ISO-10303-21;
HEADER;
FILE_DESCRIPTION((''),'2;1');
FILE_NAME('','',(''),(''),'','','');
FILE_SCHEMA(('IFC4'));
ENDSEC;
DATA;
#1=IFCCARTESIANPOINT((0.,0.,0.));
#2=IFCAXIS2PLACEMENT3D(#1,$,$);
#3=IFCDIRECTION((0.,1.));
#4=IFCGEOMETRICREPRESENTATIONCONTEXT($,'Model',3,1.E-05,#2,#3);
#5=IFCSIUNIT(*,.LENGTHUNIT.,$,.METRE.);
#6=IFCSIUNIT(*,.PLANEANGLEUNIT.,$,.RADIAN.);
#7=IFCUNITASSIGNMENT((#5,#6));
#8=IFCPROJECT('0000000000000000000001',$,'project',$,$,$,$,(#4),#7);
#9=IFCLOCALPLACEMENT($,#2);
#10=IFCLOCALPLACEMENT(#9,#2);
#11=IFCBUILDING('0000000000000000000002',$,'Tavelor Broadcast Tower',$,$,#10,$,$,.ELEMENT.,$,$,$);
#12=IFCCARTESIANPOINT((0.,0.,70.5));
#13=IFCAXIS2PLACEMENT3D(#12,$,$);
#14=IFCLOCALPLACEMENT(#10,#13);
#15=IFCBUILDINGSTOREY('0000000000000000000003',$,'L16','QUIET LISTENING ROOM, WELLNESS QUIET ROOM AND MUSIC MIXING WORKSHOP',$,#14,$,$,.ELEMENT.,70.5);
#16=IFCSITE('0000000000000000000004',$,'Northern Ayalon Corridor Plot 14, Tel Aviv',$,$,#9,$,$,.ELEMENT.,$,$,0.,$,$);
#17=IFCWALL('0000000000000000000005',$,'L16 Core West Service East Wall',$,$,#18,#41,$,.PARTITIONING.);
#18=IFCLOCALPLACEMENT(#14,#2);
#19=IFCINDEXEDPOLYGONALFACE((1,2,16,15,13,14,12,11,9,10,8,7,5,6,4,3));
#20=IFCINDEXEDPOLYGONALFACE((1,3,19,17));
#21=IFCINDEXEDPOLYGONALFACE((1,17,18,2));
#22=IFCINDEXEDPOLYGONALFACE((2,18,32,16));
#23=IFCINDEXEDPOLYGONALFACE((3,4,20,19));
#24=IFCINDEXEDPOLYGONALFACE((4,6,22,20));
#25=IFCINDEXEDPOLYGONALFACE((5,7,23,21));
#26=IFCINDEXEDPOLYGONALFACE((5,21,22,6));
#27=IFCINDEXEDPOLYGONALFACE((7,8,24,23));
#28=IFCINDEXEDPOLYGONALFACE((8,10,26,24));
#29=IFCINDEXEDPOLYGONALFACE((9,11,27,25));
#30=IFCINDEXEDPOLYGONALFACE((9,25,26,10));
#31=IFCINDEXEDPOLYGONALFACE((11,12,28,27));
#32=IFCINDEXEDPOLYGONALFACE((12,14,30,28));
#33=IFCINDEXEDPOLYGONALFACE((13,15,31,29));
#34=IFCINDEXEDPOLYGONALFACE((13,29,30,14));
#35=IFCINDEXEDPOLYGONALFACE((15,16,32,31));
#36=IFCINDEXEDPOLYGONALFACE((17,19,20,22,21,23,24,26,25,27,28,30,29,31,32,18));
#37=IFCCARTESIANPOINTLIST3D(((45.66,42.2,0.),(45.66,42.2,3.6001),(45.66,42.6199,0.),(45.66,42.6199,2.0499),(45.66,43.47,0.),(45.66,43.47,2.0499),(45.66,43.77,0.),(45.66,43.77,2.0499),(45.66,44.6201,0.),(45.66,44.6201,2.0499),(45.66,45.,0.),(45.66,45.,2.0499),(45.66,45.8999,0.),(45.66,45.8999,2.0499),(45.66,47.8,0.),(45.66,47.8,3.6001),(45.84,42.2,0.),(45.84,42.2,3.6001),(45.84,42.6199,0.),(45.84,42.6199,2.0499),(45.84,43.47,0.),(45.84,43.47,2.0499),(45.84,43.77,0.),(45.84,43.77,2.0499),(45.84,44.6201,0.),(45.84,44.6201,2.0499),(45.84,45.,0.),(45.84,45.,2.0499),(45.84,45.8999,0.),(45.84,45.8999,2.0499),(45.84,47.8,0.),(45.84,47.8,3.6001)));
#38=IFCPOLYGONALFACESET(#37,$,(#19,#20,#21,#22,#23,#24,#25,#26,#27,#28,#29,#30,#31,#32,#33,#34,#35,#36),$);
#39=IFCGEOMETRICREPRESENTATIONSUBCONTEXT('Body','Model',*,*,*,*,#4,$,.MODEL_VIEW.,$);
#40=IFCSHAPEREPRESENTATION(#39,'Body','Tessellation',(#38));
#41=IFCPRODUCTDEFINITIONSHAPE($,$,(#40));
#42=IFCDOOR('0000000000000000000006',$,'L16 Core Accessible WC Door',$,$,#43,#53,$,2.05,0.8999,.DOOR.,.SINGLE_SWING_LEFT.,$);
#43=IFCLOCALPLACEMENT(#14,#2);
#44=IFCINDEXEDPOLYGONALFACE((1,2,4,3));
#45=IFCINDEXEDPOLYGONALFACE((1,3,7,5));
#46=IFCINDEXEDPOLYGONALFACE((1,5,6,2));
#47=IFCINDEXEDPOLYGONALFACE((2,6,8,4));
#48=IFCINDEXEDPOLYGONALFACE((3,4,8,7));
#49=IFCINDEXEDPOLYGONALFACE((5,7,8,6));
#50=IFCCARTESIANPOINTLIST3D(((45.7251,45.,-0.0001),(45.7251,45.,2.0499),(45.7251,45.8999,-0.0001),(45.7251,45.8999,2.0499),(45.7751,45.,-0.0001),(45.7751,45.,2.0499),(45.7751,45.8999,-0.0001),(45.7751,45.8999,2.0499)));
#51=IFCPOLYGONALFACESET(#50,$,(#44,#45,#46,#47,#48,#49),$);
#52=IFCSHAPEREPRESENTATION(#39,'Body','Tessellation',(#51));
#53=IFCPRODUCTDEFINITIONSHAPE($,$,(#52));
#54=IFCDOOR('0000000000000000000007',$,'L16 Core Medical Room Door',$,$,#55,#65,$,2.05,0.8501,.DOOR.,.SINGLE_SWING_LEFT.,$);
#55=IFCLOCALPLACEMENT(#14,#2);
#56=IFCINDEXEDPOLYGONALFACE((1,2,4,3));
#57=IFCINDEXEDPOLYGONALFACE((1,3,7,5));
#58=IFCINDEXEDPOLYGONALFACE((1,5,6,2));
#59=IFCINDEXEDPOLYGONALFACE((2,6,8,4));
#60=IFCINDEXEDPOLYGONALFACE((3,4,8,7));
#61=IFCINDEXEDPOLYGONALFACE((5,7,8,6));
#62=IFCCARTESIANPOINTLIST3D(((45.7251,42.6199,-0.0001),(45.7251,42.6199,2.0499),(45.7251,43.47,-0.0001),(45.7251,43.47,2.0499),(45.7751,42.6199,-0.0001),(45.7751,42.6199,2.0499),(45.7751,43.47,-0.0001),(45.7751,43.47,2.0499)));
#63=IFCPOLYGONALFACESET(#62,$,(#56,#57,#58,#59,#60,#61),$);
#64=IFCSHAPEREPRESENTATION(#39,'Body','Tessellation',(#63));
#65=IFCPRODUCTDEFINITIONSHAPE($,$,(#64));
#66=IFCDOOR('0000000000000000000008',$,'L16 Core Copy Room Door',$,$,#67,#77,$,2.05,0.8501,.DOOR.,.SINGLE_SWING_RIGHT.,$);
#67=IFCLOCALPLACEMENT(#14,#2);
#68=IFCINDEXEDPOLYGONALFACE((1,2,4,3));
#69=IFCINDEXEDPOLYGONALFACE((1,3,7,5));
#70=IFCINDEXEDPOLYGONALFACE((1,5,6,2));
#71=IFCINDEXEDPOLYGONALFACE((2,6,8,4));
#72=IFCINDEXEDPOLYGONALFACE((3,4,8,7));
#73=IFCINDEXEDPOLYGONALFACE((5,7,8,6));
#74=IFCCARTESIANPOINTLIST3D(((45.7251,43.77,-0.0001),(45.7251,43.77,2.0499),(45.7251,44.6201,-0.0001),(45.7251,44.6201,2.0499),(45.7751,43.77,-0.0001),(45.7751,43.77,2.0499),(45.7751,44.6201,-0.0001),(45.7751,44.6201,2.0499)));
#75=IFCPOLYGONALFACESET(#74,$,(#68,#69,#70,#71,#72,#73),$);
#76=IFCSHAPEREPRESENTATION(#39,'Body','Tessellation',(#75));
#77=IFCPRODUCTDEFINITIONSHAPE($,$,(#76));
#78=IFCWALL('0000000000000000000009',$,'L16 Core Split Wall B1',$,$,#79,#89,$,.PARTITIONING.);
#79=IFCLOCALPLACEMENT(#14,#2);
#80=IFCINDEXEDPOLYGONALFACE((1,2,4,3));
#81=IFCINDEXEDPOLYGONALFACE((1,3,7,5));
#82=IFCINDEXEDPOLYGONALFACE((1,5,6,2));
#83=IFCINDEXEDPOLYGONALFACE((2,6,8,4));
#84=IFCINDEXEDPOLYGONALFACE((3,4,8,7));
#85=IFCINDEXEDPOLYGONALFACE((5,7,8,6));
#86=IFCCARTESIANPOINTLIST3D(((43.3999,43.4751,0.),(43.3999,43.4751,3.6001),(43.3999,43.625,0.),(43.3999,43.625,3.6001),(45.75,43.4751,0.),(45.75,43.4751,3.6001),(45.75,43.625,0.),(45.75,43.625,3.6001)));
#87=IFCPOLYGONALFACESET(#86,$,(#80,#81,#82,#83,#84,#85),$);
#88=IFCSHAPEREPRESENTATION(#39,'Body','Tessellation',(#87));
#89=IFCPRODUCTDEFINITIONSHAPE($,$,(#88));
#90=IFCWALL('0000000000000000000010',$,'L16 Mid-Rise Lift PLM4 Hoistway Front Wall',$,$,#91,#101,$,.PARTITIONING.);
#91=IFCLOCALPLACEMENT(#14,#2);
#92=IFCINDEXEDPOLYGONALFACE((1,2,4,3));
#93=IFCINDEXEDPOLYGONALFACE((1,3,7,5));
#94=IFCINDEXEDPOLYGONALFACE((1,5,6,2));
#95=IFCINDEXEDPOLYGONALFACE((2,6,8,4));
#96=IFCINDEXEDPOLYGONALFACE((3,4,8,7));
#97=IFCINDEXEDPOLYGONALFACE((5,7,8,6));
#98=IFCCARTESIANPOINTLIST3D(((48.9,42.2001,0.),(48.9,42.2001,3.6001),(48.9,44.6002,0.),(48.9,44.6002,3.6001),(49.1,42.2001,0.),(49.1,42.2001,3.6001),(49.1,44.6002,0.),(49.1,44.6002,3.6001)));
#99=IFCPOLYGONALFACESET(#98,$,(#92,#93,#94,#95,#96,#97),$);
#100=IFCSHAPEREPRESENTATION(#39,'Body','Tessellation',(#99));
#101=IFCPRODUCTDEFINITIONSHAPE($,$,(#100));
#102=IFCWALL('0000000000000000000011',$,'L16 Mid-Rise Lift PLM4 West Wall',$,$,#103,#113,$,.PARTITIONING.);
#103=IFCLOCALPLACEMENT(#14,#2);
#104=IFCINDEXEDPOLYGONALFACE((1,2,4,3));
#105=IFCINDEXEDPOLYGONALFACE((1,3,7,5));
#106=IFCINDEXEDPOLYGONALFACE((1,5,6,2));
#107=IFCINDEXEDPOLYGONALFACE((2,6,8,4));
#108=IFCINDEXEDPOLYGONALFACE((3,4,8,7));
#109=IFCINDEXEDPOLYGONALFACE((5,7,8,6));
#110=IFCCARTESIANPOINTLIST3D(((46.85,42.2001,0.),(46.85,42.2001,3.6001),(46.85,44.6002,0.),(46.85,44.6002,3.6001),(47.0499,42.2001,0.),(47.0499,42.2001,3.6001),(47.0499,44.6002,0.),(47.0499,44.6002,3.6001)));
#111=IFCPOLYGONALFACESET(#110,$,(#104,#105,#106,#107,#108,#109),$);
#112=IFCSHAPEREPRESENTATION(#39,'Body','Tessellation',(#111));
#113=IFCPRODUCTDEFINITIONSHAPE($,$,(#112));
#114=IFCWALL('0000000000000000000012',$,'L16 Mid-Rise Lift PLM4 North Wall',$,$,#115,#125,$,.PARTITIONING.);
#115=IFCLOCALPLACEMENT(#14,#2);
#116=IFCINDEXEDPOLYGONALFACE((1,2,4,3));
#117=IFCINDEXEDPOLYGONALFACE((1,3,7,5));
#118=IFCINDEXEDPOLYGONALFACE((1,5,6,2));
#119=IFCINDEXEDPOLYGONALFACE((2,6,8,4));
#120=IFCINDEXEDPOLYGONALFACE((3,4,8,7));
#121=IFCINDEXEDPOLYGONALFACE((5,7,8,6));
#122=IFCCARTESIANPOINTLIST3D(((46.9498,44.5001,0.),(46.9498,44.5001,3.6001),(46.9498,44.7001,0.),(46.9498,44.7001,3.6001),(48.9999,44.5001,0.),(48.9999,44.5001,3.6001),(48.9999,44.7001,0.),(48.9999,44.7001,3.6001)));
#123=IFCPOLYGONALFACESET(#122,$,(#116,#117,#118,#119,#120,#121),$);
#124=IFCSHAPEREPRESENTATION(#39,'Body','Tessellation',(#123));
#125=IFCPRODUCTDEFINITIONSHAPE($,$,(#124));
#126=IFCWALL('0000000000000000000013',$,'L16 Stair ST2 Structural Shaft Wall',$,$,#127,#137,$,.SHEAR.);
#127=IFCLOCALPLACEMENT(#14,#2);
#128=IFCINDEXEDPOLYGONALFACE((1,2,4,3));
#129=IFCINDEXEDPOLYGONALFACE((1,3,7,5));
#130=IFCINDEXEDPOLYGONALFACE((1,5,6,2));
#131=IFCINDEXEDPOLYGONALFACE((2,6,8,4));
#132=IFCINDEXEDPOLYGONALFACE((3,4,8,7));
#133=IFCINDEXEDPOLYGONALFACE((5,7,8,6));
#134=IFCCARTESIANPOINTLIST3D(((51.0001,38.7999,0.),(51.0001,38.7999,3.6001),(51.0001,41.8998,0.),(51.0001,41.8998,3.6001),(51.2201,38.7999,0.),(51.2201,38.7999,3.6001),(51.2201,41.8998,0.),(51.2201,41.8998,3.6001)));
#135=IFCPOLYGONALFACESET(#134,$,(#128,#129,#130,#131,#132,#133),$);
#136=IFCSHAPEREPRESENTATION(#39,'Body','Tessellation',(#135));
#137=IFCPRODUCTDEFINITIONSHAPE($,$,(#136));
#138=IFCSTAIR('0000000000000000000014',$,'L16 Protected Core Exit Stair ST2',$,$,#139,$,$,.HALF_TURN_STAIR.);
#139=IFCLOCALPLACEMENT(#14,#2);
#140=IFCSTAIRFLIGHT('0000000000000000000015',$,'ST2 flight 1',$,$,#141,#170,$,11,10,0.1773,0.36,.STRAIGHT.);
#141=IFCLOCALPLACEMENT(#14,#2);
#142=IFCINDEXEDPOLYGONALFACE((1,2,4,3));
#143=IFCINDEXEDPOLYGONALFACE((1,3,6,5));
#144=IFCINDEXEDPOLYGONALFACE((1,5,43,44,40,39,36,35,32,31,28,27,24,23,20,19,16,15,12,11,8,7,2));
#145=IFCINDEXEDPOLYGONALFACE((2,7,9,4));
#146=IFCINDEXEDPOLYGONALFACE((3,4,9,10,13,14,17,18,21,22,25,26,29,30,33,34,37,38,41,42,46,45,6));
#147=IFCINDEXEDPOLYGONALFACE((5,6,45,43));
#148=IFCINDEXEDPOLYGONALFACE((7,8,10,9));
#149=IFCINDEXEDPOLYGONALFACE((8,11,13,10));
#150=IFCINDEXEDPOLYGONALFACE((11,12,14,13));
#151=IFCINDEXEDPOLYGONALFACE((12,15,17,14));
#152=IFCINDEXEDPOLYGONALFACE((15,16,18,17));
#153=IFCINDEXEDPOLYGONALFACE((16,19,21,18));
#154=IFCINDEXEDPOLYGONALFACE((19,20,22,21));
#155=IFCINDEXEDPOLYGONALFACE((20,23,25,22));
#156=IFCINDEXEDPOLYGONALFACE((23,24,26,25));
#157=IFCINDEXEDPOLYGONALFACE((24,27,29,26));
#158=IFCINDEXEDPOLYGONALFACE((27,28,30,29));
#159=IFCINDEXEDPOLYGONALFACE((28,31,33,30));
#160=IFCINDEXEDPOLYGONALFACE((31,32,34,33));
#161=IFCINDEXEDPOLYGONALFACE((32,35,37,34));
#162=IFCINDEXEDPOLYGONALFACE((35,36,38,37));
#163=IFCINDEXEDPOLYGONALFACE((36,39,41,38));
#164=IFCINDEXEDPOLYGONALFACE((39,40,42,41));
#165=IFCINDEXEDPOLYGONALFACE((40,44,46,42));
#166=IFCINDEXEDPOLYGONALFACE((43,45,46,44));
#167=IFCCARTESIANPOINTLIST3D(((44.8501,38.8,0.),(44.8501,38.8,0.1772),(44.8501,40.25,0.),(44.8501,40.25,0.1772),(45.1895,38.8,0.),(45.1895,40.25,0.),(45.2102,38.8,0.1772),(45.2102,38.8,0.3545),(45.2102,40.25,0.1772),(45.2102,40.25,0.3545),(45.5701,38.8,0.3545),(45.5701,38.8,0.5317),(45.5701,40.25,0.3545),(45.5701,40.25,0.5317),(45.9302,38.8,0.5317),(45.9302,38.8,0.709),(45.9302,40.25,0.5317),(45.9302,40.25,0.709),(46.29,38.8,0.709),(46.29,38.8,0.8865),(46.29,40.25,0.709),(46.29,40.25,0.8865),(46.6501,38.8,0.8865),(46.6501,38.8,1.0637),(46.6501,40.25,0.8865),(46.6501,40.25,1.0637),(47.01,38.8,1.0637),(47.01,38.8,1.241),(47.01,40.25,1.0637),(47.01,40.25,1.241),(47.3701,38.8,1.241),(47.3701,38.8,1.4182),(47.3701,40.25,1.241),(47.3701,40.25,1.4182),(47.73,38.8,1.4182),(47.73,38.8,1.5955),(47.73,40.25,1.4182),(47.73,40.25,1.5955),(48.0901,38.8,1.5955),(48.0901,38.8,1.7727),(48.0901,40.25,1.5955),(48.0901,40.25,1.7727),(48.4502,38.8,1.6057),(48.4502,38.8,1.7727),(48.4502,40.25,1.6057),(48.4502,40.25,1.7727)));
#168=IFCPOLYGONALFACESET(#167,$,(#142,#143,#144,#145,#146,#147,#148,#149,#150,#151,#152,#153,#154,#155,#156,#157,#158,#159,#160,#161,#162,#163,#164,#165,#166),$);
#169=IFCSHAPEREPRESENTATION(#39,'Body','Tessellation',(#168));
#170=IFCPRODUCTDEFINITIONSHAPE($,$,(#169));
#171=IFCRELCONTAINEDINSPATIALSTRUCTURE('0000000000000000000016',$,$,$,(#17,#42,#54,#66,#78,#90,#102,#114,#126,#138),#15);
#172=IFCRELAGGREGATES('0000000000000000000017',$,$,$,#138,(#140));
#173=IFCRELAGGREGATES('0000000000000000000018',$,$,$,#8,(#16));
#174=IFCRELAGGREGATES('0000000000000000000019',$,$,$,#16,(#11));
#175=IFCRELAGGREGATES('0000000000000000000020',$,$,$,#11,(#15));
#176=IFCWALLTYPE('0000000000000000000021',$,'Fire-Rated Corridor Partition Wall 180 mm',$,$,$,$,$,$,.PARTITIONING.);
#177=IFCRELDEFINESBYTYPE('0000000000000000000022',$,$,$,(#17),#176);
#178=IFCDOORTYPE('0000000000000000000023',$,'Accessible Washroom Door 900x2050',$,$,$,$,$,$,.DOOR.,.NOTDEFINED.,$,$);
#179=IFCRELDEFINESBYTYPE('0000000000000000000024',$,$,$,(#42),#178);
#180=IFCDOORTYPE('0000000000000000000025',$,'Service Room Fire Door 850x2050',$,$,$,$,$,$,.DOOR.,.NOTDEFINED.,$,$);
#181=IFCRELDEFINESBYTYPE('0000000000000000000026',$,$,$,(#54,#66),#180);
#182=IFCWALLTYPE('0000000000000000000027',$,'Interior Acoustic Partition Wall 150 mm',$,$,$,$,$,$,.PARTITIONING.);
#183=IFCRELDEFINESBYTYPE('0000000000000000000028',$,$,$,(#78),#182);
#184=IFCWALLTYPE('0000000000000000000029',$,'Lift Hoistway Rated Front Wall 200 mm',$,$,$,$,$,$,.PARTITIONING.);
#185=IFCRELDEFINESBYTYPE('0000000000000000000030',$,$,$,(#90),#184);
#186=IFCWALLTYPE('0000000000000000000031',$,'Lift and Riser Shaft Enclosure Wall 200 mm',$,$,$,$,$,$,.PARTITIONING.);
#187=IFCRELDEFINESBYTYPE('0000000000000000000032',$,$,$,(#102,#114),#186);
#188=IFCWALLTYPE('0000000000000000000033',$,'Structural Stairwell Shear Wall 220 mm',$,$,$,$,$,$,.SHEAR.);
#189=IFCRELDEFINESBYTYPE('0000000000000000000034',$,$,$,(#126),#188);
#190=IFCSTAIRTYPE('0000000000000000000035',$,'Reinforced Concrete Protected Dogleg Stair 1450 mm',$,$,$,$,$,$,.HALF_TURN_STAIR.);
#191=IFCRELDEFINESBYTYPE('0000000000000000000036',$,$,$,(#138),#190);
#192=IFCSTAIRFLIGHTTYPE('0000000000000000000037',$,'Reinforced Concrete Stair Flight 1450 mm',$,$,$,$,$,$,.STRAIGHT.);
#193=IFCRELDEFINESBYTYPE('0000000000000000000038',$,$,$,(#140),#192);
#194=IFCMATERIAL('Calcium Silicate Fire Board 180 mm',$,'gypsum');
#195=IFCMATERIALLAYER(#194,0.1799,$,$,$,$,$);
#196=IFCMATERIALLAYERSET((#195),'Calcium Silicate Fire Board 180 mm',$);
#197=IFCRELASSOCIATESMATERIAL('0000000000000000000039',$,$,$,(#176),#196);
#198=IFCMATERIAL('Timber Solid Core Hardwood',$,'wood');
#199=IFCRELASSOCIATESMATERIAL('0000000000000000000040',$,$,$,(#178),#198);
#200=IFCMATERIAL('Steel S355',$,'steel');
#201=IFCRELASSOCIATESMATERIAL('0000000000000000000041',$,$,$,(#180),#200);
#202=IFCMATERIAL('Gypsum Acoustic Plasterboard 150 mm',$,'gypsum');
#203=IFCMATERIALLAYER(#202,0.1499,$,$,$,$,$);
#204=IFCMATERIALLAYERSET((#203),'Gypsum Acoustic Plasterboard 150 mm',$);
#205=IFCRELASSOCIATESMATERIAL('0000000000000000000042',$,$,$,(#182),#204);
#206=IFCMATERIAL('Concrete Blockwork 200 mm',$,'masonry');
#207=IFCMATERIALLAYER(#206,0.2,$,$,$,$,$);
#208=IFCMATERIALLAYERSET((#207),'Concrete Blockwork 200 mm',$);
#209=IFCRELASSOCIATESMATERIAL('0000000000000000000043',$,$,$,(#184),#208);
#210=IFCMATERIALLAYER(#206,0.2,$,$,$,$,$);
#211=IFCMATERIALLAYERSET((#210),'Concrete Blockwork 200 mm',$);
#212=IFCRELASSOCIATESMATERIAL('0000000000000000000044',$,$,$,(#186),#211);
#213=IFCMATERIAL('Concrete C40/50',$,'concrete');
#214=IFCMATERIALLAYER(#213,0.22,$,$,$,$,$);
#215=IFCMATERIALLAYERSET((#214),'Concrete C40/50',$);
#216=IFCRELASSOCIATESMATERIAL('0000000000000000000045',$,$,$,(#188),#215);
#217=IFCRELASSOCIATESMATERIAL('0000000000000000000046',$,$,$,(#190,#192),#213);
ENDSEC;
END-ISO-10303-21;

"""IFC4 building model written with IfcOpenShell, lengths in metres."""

from ifc_helpers import new_model, si_unit, direction, frame, frame_2d, origin, place, context, subcontext, project, spatial, polyline, rectangle, outline, extrude, material, layer, layer_set, type_object, element, fill, aggregate, save


model = new_model("IFC4")

# Units and contexts
model_context = context("Model", 3, precision=1e-05, world=origin(), true_north=direction((0.0, 1.0)))
body_context = subcontext(model_context, "Body", "Model", "MODEL_VIEW")
ifc_project = project(units=[si_unit("LENGTHUNIT", "METRE"), si_unit("PLANEANGLEUNIT", "RADIAN")], contexts=[model_context])

# Site, building, storey
site_placement = place(None, origin())
site = spatial("IfcSite", under=ifc_project, at=site_placement, Name="Northern Ayalon Corridor Plot 14, Tel Aviv", CompositionType="ELEMENT", RefElevation=0.0)
building_placement = place(site_placement, origin())
building = spatial("IfcBuilding", under=site, at=building_placement, Name="Tavelor Broadcast Tower", CompositionType="ELEMENT")
storey_placement = place(building_placement, frame((0.0, 0.0, 70.5)))
storey = spatial("IfcBuildingStorey", under=building, at=storey_placement, Name="L16", Description="QUIET LISTENING ROOM, WELLNESS QUIET ROOM AND MUSIC MIXING WORKSHOP", CompositionType="ELEMENT", Elevation=70.5)

# Shared definitions
ifc_material_1 = material(Name="Concrete C40/50", Category="concrete")
ifc_material_2 = material(Name="Steel S355", Category="steel")

# Shared definitions
ifc_material_3 = material(Name="Calcium Silicate Fire Board 180 mm", Category="gypsum")
ifc_layer_1 = layer(ifc_material_3, 0.1799)
ifc_layer_set_1 = layer_set([ifc_layer_1], Name="Calcium Silicate Fire Board 180 mm")
wall_type_1 = type_object("IfcWallType", Name="Fire-Rated Corridor Partition Wall 180 mm", PredefinedType="PARTITIONING", material=ifc_layer_set_1)

# Wall, openings, doors
wall_1_placement = place(storey_placement, frame((45.75, 42.2, 0.0), z_axis=(0.0, 0.0, 1.0), x_axis=(0.0, 1.0, 0.0)))
wall_1 = element("IfcWall", 1, at=wall_1_placement, inside=storey, type_object=wall_type_1, Name="L16 Core West Service East Wall", PredefinedType="PARTITIONING", context=body_context, shape_type="SweptSolid", body=[
    extrude(rectangle(XDim=5.6001, YDim=0.1799, at=frame_2d((2.8, 0.0))), origin(), (0.0, 0.0, 1.0), 3.6001),
])
opening_1_placement = place(wall_1_placement, frame((0.4199, 0.0, 0.0)))
opening_1 = element("IfcOpeningElement", 2, at=opening_1_placement, cuts=wall_1, PredefinedType="OPENING", context=body_context, shape_type="SweptSolid", body=[
    extrude(rectangle(XDim=0.8501, YDim=2.05, at=frame_2d((0.425, 1.0249))), frame((0.0, 0.1001, 0.0), z_axis=(0.0, -1.0, 0.0), x_axis=(1.0, 0.0, 0.0)), (0.0, 0.0, 1.0), 0.2),
])
opening_2_placement = place(wall_1_placement, frame((1.5701, 0.0, 0.0)))
opening_2 = element("IfcOpeningElement", 3, at=opening_2_placement, cuts=wall_1, PredefinedType="OPENING", context=body_context, shape_type="SweptSolid", body=[
    extrude(rectangle(XDim=0.8501, YDim=2.05, at=frame_2d((0.425, 1.0249))), frame((0.0, 0.1001, 0.0), z_axis=(0.0, -1.0, 0.0), x_axis=(1.0, 0.0, 0.0)), (0.0, 0.0, 1.0), 0.2),
])
opening_3_placement = place(wall_1_placement, frame((2.8, 0.0, 0.0)))
opening_3 = element("IfcOpeningElement", 4, at=opening_3_placement, cuts=wall_1, PredefinedType="OPENING", context=body_context, shape_type="SweptSolid", body=[
    extrude(rectangle(XDim=0.8999, YDim=2.05, at=frame_2d((0.45, 1.0249))), frame((0.0, 0.1001, 0.0), z_axis=(0.0, -1.0, 0.0), x_axis=(1.0, 0.0, 0.0)), (0.0, 0.0, 1.0), 0.2),
])
ifc_material_4 = material(Name="Timber Solid Core Hardwood", Category="wood")
door_type_1 = type_object("IfcDoorType", Name="Accessible Washroom Door 900x2050", OperationType="NOTDEFINED", PredefinedType="DOOR", material=ifc_material_4)
door_1_placement = place(opening_3_placement, origin())
door_1 = element("IfcDoor", 5, at=door_1_placement, inside=storey, type_object=door_type_1, Name="L16 Core Accessible WC Door", OperationType="SINGLE_SWING_LEFT", OverallHeight=2.05, OverallWidth=0.8999, PredefinedType="DOOR", context=body_context, shape_type="SweptSolid", body=[
    extrude(rectangle(XDim=0.8999, YDim=2.05, at=frame_2d((0.45, 1.0249))), frame((0.0, 0.0249, 0.0), z_axis=(0.0, -1.0, 0.0), x_axis=(1.0, 0.0, 0.0)), (0.0, 0.0, 1.0), 0.05),
])
fill(opening_3, door_1)
door_type_2 = type_object("IfcDoorType", Name="Service Room Fire Door 850x2050", OperationType="NOTDEFINED", PredefinedType="DOOR", material=ifc_material_2)
door_2_placement = place(opening_1_placement, origin())
door_2 = element("IfcDoor", 6, at=door_2_placement, inside=storey, type_object=door_type_2, Name="L16 Core Medical Room Door", OperationType="SINGLE_SWING_LEFT", OverallHeight=2.05, OverallWidth=0.8501, PredefinedType="DOOR", context=body_context, shape_type="SweptSolid", body=[
    extrude(rectangle(XDim=0.8501, YDim=2.05, at=frame_2d((0.425, 1.0249))), frame((0.0, 0.0249, 0.0), z_axis=(0.0, -1.0, 0.0), x_axis=(1.0, 0.0, 0.0)), (0.0, 0.0, 1.0), 0.05),
])
fill(opening_1, door_2)
door_3_placement = place(opening_2_placement, origin())
door_3 = element("IfcDoor", 7, at=door_3_placement, inside=storey, type_object=door_type_2, Name="L16 Core Copy Room Door", OperationType="SINGLE_SWING_RIGHT", OverallHeight=2.05, OverallWidth=0.8501, PredefinedType="DOOR", context=body_context, shape_type="SweptSolid", body=[
    extrude(rectangle(XDim=0.8501, YDim=2.05, at=frame_2d((0.425, 1.0249))), frame((0.0, 0.0249, 0.0), z_axis=(0.0, -1.0, 0.0), x_axis=(1.0, 0.0, 0.0)), (0.0, 0.0, 1.0), 0.05),
])
fill(opening_2, door_3)

# Walls
ifc_material_5 = material(Name="Gypsum Acoustic Plasterboard 150 mm", Category="gypsum")
ifc_layer_2 = layer(ifc_material_5, 0.1499)
ifc_layer_set_2 = layer_set([ifc_layer_2], Name="Gypsum Acoustic Plasterboard 150 mm")
wall_type_2 = type_object("IfcWallType", Name="Interior Acoustic Partition Wall 150 mm", PredefinedType="PARTITIONING", material=ifc_layer_set_2)
wall_2_placement = place(storey_placement, frame((43.3999, 43.55, 0.0), z_axis=(0.0, 0.0, 1.0), x_axis=(1.0, 0.0, 0.0)))
element("IfcWall", 8, at=wall_2_placement, inside=storey, type_object=wall_type_2, Name="L16 Core Split Wall B1", PredefinedType="PARTITIONING", context=body_context, shape_type="SweptSolid", body=[
    extrude(rectangle(XDim=2.3501, YDim=0.1499, at=frame_2d((1.175, 0.0))), origin(), (0.0, 0.0, 1.0), 3.6001),
])
ifc_material_6 = material(Name="Concrete Blockwork 200 mm", Category="masonry")
ifc_layer_3 = layer(ifc_material_6, 0.2)
ifc_layer_set_3 = layer_set([ifc_layer_3], Name="Concrete Blockwork 200 mm")
wall_type_3 = type_object("IfcWallType", Name="Lift Hoistway Rated Front Wall 200 mm", PredefinedType="PARTITIONING", material=ifc_layer_set_3)
wall_3_placement = place(storey_placement, frame((49.0, 42.2, 0.0), z_axis=(0.0, 0.0, 1.0), x_axis=(0.0, 1.0, 0.0)))
element("IfcWall", 9, at=wall_3_placement, inside=storey, type_object=wall_type_3, Name="L16 Mid-Rise Lift PLM4 Hoistway Front Wall", PredefinedType="PARTITIONING", context=body_context, shape_type="SweptSolid", body=[
    extrude(rectangle(XDim=2.4001, YDim=0.2, at=frame_2d((1.2002, 0.0))), origin(), (0.0, 0.0, 1.0), 3.6001),
])
ifc_layer_4 = layer(ifc_material_6, 0.2)
ifc_layer_set_4 = layer_set([ifc_layer_4], Name="Concrete Blockwork 200 mm")
wall_type_4 = type_object("IfcWallType", Name="Lift and Riser Shaft Enclosure Wall 200 mm", PredefinedType="PARTITIONING", material=ifc_layer_set_4)
wall_4_placement = place(storey_placement, frame((46.95, 42.2, 0.0), z_axis=(0.0, 0.0, 1.0), x_axis=(0.0, 1.0, 0.0)))
element("IfcWall", 10, at=wall_4_placement, inside=storey, type_object=wall_type_4, Name="L16 Mid-Rise Lift PLM4 West Wall", PredefinedType="PARTITIONING", context=body_context, shape_type="SweptSolid", body=[
    extrude(rectangle(XDim=2.4001, YDim=0.2, at=frame_2d((1.2002, 0.0))), origin(), (0.0, 0.0, 1.0), 3.6001),
])
wall_5_placement = place(storey_placement, frame((46.95, 44.6001, 0.0), z_axis=(0.0, 0.0, 1.0), x_axis=(1.0, 0.0, 0.0)))
element("IfcWall", 11, at=wall_5_placement, inside=storey, type_object=wall_type_4, Name="L16 Mid-Rise Lift PLM4 North Wall", PredefinedType="PARTITIONING", context=body_context, shape_type="SweptSolid", body=[
    extrude(rectangle(XDim=2.05, YDim=0.2, at=frame_2d((1.0249, 0.0))), origin(), (0.0, 0.0, 1.0), 3.6001),
])
ifc_layer_5 = layer(ifc_material_1, 0.22)
ifc_layer_set_5 = layer_set([ifc_layer_5], Name="Concrete C40/50")
wall_type_5 = type_object("IfcWallType", Name="Structural Stairwell Shear Wall 220 mm", PredefinedType="SHEAR", material=ifc_layer_set_5)
wall_6_placement = place(storey_placement, frame((51.1101, 38.8, 0.0), z_axis=(0.0, 0.0, 1.0), x_axis=(0.0, 1.0, 0.0)))
element("IfcWall", 12, at=wall_6_placement, inside=storey, type_object=wall_type_5, Name="L16 Stair ST2 Structural Shaft Wall", PredefinedType="SHEAR", context=body_context, shape_type="SweptSolid", body=[
    extrude(rectangle(XDim=3.0999, YDim=0.22, at=frame_2d((1.5498, 0.0))), origin(), (0.0, 0.0, 1.0), 3.6001),
])

# Stair, stair flight
stair_type = type_object("IfcStairType", Name="Reinforced Concrete Protected Dogleg Stair 1450 mm", PredefinedType="HALF_TURN_STAIR", material=ifc_material_1)
stair_placement = place(storey_placement, origin())
stair = element("IfcStair", 13, at=stair_placement, inside=storey, type_object=stair_type, Name="L16 Protected Core Exit Stair ST2", PredefinedType="HALF_TURN_STAIR")
stair_flight_type = type_object("IfcStairFlightType", Name="Reinforced Concrete Stair Flight 1450 mm", PredefinedType="STRAIGHT", material=ifc_material_1)
stair_flight_1_placement = place(storey_placement, frame((44.8501, 39.5249, 0.0), z_axis=(0.0, 0.0, 1.0), x_axis=(1.0, 0.0, 0.0)))
stair_flight_1 = element("IfcStairFlight", 14, at=stair_flight_1_placement, type_object=stair_flight_type, Name="ST2 flight 1", NumberOfRisers=11, NumberOfTreads=10, PredefinedType="STRAIGHT", RiserHeight=0.1773, TreadLength=0.36, context=body_context, shape_type="SweptSolid", body=[
    extrude(outline(polyline([(0.0, 0.0), (0.0, 0.1772), (0.3601, 0.1772), (0.3601, 0.3545), (0.72, 0.3545), (0.72, 0.5317), (1.0801, 0.5317), (1.0801, 0.709), (1.4399, 0.709), (1.4399, 0.8865), (1.8, 0.8865), (1.8, 1.0637), (2.1599, 1.0637), (2.1599, 1.241), (2.52, 1.241), (2.52, 1.4182), (2.8799, 1.4182), (2.8799, 1.5955), (3.24, 1.5955), (3.24, 1.7727), (3.6001, 1.7727), (3.6001, 1.95), (3.6001, 1.6057), (0.3394, 0.0), (0.0, 0.0)])), frame((0.0, 0.7251, 0.0), z_axis=(0.0, -1.0, 0.0), x_axis=(1.0, 0.0, 0.0)), (0.0, 0.0, 1.0), 1.45),
])
aggregate(stair, [stair_flight_1])

save(model, "model.ifc")
